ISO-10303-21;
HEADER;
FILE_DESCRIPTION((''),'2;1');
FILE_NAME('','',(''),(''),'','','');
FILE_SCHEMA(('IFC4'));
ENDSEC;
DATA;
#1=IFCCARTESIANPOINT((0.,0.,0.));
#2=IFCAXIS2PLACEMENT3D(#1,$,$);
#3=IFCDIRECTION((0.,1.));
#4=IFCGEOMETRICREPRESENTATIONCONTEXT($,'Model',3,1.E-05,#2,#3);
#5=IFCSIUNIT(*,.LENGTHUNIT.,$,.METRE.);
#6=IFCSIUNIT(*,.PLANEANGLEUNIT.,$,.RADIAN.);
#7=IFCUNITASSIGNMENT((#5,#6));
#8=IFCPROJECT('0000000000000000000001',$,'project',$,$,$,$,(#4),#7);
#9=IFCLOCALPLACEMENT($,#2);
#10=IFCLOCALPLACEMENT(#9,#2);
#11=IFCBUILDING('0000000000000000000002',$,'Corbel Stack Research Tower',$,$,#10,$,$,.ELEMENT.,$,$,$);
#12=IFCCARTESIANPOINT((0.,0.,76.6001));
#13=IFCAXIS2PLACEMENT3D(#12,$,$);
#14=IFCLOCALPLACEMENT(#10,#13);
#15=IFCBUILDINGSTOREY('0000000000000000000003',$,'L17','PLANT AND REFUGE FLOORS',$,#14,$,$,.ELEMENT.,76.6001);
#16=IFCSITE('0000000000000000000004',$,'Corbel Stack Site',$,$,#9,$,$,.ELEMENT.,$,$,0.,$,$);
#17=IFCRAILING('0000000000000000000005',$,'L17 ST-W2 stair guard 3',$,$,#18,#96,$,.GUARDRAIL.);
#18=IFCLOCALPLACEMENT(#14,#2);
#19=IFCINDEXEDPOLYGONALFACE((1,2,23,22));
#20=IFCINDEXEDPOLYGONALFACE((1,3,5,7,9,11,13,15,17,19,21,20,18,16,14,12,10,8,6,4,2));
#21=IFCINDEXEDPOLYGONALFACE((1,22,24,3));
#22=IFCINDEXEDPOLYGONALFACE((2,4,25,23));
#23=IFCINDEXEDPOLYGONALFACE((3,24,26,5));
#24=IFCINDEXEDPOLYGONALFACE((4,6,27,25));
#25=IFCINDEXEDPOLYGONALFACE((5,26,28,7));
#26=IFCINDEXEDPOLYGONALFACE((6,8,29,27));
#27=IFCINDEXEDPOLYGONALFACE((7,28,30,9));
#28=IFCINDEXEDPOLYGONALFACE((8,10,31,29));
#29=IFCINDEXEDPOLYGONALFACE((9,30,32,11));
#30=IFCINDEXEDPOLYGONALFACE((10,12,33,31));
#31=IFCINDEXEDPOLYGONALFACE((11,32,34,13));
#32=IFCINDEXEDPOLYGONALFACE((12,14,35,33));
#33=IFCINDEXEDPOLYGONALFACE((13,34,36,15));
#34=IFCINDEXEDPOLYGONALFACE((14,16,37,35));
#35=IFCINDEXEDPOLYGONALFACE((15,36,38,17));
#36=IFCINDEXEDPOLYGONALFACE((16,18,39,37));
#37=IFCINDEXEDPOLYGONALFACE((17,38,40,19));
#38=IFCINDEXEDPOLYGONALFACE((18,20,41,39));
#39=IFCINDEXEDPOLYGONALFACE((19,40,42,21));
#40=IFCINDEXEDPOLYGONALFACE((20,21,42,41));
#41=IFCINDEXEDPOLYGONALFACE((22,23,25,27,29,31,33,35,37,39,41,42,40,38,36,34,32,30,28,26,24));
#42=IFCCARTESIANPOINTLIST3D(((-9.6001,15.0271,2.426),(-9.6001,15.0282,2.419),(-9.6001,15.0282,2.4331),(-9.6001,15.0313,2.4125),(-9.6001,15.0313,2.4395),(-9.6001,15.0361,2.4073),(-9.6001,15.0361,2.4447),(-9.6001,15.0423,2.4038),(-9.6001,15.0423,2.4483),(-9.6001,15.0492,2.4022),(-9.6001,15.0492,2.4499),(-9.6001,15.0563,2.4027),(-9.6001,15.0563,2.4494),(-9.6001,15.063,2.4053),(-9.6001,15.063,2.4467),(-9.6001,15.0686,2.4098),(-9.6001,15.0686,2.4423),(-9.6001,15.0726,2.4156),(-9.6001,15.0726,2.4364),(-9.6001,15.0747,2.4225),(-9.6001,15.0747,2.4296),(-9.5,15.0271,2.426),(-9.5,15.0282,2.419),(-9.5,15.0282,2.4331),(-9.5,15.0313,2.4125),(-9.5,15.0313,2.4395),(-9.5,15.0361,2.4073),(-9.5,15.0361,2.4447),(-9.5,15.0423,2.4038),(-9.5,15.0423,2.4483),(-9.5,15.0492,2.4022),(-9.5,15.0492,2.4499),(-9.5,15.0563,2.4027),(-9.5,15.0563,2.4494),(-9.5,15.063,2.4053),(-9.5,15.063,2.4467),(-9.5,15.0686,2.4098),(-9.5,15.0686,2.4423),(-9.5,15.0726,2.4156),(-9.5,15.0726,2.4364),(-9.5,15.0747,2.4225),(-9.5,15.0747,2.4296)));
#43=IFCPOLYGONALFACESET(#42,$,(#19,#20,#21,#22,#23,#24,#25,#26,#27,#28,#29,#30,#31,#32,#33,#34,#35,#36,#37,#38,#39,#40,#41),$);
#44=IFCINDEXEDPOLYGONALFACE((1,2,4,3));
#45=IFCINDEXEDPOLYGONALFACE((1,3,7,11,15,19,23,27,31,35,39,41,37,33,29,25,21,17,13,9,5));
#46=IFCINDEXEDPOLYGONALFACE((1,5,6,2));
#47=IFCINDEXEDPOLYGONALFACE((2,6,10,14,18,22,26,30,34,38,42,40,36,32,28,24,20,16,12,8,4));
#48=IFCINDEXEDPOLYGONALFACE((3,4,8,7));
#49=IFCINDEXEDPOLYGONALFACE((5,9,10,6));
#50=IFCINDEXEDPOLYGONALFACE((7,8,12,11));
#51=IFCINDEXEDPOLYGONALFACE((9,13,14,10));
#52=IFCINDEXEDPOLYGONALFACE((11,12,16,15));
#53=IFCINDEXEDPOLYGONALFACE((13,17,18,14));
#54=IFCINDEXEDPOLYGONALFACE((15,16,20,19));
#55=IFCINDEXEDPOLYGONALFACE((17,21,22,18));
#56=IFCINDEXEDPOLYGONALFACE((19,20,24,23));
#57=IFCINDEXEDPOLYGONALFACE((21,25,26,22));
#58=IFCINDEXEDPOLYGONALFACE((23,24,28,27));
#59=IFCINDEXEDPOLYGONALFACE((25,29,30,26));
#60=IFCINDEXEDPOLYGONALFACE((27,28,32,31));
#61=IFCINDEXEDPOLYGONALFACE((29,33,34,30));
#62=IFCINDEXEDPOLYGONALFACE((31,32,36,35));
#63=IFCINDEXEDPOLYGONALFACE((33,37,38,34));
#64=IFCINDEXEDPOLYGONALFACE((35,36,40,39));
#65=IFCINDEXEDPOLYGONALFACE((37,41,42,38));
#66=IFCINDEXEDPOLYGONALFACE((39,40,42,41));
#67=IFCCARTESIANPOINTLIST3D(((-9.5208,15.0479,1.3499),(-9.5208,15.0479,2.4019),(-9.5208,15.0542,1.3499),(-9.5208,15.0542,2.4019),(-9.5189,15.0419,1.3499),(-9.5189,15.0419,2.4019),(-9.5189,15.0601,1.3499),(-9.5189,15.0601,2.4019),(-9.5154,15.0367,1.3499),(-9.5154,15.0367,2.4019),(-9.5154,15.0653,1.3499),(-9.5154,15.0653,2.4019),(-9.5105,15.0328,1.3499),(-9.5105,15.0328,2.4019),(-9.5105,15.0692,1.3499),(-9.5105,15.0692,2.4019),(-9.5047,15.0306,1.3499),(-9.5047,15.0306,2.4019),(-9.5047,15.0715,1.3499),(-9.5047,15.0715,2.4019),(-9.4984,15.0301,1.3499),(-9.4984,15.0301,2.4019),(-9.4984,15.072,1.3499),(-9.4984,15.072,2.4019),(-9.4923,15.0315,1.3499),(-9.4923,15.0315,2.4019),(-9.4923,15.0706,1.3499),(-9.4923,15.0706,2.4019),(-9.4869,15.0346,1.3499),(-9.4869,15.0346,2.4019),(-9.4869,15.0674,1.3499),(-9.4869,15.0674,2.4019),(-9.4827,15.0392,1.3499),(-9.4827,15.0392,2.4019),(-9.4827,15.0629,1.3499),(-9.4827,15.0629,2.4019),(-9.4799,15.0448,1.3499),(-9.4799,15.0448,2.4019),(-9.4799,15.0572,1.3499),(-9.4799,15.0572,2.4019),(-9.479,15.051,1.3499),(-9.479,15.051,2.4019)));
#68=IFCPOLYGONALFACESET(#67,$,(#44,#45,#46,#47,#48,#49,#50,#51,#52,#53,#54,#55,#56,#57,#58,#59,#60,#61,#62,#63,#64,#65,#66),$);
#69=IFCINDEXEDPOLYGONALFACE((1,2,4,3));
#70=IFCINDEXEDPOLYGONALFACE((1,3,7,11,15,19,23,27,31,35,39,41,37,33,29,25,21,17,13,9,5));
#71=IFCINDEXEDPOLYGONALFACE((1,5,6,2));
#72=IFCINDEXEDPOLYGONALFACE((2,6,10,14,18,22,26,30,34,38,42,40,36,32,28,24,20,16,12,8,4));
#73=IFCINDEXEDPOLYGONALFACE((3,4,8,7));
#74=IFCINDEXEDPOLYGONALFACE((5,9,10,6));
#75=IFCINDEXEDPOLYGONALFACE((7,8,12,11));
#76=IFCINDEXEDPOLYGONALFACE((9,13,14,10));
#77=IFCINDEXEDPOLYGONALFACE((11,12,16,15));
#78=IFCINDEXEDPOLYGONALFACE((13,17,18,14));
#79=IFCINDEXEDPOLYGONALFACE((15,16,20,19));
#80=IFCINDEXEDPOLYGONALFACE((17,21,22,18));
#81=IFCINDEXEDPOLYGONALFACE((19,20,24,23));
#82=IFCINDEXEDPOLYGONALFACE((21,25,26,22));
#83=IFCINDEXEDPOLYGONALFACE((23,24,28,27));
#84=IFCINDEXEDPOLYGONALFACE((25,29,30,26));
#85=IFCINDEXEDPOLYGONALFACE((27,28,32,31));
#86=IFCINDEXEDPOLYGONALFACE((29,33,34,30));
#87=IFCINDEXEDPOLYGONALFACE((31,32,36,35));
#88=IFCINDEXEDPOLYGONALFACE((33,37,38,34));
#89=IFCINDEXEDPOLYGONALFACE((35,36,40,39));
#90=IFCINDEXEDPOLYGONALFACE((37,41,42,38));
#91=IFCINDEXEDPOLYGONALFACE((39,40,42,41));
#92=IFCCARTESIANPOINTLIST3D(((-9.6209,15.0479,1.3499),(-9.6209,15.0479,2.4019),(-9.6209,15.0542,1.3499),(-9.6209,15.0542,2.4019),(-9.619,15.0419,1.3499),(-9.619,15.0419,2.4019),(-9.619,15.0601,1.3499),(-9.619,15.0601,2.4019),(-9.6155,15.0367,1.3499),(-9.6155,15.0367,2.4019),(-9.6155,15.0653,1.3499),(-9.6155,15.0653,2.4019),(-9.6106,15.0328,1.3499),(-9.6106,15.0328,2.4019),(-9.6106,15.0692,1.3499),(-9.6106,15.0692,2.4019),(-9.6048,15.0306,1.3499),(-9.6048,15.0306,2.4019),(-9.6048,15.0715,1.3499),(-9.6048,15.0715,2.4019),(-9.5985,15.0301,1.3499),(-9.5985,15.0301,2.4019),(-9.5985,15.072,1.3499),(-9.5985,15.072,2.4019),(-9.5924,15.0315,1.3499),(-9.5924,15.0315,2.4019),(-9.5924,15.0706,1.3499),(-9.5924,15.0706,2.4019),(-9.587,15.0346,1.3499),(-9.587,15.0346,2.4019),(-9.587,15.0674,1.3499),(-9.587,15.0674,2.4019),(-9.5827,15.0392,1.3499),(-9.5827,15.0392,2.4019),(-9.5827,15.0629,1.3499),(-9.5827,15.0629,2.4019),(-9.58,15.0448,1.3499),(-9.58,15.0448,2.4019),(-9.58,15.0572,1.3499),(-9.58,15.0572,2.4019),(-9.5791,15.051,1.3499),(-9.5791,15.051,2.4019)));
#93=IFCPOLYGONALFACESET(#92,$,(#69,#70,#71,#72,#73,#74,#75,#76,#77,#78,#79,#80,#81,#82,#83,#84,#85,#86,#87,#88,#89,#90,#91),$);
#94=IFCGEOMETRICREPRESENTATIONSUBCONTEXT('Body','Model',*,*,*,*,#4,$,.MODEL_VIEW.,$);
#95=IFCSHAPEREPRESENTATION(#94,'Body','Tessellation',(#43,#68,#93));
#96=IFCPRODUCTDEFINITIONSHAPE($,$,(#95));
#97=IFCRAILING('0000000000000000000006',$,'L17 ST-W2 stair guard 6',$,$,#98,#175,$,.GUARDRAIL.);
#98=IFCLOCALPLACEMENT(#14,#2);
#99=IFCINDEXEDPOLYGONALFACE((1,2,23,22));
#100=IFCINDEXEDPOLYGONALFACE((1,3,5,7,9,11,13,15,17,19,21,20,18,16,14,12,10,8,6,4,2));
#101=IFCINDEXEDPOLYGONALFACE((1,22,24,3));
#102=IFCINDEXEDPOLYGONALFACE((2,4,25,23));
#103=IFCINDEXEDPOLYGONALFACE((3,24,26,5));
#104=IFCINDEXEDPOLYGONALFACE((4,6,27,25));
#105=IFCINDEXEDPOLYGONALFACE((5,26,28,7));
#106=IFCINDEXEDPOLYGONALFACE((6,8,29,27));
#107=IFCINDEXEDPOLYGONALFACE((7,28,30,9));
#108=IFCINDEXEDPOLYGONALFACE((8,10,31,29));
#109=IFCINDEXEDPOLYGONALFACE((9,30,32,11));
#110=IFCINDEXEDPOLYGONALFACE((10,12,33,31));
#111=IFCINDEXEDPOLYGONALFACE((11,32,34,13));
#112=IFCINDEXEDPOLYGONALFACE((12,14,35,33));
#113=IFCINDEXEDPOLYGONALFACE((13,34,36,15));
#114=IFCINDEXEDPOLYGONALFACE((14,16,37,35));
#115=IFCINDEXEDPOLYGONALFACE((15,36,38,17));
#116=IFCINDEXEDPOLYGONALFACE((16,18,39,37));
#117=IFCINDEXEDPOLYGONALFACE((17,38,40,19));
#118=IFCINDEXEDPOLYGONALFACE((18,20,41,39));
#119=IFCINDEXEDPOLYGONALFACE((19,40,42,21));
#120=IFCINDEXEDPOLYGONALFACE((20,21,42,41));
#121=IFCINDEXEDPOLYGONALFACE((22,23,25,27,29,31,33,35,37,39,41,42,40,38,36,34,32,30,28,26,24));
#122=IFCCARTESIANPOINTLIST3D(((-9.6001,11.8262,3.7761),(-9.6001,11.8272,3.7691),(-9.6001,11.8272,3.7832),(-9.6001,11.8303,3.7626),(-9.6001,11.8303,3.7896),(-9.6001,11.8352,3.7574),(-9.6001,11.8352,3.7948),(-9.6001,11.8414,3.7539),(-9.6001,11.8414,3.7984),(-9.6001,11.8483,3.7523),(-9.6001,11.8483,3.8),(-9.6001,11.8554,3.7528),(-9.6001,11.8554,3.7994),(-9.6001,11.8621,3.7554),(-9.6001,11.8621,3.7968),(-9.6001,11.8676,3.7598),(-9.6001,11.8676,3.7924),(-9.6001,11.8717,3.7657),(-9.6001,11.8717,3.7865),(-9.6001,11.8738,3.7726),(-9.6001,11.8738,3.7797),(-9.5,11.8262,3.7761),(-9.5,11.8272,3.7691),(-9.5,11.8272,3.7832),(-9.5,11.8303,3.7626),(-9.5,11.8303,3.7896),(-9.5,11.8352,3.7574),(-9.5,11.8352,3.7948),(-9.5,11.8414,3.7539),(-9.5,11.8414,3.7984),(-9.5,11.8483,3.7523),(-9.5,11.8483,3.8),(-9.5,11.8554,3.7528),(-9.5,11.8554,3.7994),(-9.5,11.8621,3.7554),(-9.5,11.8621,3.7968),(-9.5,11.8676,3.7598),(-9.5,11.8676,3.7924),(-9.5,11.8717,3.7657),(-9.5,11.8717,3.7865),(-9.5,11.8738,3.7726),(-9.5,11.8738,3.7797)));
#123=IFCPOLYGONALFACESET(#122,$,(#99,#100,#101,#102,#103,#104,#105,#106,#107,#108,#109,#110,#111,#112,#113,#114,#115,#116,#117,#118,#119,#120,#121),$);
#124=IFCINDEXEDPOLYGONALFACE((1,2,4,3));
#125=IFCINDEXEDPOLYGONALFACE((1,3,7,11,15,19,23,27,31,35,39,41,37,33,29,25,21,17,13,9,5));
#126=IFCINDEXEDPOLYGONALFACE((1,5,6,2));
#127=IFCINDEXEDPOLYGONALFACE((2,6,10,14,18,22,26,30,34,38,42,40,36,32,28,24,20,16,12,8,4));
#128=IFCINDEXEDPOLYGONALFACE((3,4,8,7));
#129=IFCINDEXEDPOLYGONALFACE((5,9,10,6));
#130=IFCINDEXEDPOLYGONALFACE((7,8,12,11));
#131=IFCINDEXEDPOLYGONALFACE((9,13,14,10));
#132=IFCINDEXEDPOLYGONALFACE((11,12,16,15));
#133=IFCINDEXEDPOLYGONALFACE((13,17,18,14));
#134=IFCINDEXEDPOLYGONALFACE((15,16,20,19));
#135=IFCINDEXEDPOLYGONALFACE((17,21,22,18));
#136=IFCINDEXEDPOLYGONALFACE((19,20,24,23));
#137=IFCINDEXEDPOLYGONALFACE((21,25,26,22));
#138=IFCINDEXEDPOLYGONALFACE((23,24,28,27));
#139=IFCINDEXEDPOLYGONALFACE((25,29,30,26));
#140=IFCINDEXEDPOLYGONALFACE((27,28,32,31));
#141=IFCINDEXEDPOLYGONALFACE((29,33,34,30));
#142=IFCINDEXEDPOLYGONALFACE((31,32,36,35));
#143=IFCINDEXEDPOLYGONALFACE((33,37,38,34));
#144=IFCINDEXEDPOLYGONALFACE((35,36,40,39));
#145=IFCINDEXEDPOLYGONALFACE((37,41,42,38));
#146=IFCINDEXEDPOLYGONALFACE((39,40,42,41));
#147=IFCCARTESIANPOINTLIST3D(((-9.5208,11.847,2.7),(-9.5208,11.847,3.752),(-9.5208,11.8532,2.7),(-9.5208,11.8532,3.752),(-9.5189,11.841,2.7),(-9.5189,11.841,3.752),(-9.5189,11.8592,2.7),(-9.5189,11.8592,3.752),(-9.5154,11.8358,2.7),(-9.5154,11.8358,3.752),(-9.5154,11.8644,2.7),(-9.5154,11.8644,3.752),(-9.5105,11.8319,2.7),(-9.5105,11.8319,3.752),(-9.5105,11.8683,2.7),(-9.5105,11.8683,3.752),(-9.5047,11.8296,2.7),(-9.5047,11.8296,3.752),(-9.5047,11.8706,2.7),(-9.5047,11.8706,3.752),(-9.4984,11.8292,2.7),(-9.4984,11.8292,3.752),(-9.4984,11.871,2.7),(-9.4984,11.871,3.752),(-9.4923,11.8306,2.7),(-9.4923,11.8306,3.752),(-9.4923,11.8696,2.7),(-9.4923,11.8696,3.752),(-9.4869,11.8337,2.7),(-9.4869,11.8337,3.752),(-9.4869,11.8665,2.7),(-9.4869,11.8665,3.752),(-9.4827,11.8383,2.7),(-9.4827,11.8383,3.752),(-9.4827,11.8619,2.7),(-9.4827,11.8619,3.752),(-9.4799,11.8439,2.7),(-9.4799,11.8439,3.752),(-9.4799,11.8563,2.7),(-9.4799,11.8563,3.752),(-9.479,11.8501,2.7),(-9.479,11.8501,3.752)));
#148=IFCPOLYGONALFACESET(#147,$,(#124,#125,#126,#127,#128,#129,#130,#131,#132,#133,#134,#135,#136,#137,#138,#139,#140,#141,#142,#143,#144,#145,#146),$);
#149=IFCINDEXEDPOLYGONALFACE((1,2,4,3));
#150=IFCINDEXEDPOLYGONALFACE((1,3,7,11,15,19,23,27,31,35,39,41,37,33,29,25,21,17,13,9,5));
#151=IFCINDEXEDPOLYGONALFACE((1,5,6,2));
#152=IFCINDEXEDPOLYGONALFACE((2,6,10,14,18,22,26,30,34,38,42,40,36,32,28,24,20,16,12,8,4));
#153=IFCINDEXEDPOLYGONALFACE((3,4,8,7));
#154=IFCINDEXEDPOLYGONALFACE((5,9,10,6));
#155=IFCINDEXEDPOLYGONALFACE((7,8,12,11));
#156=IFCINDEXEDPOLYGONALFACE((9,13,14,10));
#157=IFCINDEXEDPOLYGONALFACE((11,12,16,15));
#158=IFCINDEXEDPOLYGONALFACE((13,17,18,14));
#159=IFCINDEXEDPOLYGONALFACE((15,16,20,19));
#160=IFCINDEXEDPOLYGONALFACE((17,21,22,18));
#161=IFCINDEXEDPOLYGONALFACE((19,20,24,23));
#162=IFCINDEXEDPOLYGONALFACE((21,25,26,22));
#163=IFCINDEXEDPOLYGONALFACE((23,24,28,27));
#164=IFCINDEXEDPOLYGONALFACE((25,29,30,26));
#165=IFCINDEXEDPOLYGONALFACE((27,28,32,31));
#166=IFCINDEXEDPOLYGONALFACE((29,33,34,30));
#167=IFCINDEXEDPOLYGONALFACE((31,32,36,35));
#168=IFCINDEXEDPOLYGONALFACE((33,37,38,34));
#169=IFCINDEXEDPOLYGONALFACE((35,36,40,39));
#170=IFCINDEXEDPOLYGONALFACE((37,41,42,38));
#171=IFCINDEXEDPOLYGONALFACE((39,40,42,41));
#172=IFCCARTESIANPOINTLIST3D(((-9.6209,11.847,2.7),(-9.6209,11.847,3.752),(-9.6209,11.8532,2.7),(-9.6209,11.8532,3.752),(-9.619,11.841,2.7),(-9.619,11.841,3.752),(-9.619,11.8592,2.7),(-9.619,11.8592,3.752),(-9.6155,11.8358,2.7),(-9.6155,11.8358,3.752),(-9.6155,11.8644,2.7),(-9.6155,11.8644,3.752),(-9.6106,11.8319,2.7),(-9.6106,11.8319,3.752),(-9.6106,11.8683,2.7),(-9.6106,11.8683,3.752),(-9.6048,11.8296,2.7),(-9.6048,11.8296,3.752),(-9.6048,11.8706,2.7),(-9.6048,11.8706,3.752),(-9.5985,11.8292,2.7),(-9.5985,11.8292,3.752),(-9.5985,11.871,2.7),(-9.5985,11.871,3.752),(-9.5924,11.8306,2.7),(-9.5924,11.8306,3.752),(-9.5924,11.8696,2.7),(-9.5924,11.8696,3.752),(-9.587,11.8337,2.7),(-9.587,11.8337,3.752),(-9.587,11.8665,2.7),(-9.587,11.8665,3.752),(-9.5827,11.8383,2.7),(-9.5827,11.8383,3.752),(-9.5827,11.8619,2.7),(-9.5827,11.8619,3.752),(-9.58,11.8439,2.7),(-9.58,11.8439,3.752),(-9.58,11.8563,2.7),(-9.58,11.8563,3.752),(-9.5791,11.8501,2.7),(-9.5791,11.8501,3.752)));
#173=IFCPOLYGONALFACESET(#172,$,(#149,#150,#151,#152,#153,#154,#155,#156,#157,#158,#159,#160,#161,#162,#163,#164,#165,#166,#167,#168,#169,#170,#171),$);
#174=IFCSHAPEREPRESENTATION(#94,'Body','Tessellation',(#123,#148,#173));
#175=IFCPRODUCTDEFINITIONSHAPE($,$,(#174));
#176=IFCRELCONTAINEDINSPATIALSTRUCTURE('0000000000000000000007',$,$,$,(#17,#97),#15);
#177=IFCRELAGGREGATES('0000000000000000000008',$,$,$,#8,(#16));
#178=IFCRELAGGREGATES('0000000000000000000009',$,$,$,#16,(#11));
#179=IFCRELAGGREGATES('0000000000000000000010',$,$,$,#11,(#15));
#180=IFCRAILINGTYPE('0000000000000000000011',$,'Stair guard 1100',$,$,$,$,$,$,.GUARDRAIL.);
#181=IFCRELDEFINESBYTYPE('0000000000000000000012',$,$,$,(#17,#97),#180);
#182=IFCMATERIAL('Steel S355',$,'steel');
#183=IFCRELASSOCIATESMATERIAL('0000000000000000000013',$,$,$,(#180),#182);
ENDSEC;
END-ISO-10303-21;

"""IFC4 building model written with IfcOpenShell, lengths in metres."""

from ifc_helpers import new_model, si_unit, direction, frame, origin, origin_2d, place, context, subcontext, project, spatial, circle, extrude, material, type_object, element, save


model = new_model("IFC4")

# Units and contexts
model_context = context("Model", 3, precision=1e-05, world=origin(), true_north=direction((0.0, 1.0)))
body_context = subcontext(model_context, "Body", "Model", "MODEL_VIEW")
ifc_project = project(units=[si_unit("LENGTHUNIT", "METRE"), si_unit("PLANEANGLEUNIT", "RADIAN")], contexts=[model_context])

# Site, building, storey
site_placement = place(None, origin())
site = spatial("IfcSite", under=ifc_project, at=site_placement, Name="Corbel Stack Site", CompositionType="ELEMENT", RefElevation=0.0)
building_placement = place(site_placement, origin())
building = spatial("IfcBuilding", under=site, at=building_placement, Name="Corbel Stack Research Tower", CompositionType="ELEMENT")
storey_placement = place(building_placement, frame((0.0, 0.0, 76.6001)))
storey = spatial("IfcBuildingStorey", under=building, at=storey_placement, Name="L17", Description="PLANT AND REFUGE FLOORS", CompositionType="ELEMENT", Elevation=76.6001)

# Railings
ifc_material_1 = material(Name="Steel S355", Category="steel")
railing_type_1 = type_object("IfcRailingType", Name="Stair guard 1100", PredefinedType="GUARDRAIL", material=ifc_material_1)
for number, where, name in (
    (1, (-9.5, 15.051, 1.3499), "L17 ST-W2 stair guard 3"),
    (2, (-9.5, 11.8501, 2.7), "L17 ST-W2 stair guard 6"),
):
    element("IfcRailing", number, at=place(storey_placement, frame(where)), inside=storey, type_object=railing_type_1, Name=name, PredefinedType="GUARDRAIL", context=body_context, shape_type="SweptSolid", body=[
        extrude(circle(Radius=0.0239, at=origin_2d()), frame((0.0, 0.0, 1.0762), z_axis=(-1.0, 0.0, 0.0), x_axis=(0.0, -1.0, 0.0)), (0.0, 0.0, 1.0), 0.1001),
        extrude(circle(Radius=0.021, at=origin_2d()), origin(), (0.0, 0.0, 1.0), 1.052),
        extrude(circle(Radius=0.021, at=origin_2d()), frame((-0.1001, 0.0, 0.0)), (0.0, 0.0, 1.0), 1.052),
    ])

save(model, "model.ifc")
